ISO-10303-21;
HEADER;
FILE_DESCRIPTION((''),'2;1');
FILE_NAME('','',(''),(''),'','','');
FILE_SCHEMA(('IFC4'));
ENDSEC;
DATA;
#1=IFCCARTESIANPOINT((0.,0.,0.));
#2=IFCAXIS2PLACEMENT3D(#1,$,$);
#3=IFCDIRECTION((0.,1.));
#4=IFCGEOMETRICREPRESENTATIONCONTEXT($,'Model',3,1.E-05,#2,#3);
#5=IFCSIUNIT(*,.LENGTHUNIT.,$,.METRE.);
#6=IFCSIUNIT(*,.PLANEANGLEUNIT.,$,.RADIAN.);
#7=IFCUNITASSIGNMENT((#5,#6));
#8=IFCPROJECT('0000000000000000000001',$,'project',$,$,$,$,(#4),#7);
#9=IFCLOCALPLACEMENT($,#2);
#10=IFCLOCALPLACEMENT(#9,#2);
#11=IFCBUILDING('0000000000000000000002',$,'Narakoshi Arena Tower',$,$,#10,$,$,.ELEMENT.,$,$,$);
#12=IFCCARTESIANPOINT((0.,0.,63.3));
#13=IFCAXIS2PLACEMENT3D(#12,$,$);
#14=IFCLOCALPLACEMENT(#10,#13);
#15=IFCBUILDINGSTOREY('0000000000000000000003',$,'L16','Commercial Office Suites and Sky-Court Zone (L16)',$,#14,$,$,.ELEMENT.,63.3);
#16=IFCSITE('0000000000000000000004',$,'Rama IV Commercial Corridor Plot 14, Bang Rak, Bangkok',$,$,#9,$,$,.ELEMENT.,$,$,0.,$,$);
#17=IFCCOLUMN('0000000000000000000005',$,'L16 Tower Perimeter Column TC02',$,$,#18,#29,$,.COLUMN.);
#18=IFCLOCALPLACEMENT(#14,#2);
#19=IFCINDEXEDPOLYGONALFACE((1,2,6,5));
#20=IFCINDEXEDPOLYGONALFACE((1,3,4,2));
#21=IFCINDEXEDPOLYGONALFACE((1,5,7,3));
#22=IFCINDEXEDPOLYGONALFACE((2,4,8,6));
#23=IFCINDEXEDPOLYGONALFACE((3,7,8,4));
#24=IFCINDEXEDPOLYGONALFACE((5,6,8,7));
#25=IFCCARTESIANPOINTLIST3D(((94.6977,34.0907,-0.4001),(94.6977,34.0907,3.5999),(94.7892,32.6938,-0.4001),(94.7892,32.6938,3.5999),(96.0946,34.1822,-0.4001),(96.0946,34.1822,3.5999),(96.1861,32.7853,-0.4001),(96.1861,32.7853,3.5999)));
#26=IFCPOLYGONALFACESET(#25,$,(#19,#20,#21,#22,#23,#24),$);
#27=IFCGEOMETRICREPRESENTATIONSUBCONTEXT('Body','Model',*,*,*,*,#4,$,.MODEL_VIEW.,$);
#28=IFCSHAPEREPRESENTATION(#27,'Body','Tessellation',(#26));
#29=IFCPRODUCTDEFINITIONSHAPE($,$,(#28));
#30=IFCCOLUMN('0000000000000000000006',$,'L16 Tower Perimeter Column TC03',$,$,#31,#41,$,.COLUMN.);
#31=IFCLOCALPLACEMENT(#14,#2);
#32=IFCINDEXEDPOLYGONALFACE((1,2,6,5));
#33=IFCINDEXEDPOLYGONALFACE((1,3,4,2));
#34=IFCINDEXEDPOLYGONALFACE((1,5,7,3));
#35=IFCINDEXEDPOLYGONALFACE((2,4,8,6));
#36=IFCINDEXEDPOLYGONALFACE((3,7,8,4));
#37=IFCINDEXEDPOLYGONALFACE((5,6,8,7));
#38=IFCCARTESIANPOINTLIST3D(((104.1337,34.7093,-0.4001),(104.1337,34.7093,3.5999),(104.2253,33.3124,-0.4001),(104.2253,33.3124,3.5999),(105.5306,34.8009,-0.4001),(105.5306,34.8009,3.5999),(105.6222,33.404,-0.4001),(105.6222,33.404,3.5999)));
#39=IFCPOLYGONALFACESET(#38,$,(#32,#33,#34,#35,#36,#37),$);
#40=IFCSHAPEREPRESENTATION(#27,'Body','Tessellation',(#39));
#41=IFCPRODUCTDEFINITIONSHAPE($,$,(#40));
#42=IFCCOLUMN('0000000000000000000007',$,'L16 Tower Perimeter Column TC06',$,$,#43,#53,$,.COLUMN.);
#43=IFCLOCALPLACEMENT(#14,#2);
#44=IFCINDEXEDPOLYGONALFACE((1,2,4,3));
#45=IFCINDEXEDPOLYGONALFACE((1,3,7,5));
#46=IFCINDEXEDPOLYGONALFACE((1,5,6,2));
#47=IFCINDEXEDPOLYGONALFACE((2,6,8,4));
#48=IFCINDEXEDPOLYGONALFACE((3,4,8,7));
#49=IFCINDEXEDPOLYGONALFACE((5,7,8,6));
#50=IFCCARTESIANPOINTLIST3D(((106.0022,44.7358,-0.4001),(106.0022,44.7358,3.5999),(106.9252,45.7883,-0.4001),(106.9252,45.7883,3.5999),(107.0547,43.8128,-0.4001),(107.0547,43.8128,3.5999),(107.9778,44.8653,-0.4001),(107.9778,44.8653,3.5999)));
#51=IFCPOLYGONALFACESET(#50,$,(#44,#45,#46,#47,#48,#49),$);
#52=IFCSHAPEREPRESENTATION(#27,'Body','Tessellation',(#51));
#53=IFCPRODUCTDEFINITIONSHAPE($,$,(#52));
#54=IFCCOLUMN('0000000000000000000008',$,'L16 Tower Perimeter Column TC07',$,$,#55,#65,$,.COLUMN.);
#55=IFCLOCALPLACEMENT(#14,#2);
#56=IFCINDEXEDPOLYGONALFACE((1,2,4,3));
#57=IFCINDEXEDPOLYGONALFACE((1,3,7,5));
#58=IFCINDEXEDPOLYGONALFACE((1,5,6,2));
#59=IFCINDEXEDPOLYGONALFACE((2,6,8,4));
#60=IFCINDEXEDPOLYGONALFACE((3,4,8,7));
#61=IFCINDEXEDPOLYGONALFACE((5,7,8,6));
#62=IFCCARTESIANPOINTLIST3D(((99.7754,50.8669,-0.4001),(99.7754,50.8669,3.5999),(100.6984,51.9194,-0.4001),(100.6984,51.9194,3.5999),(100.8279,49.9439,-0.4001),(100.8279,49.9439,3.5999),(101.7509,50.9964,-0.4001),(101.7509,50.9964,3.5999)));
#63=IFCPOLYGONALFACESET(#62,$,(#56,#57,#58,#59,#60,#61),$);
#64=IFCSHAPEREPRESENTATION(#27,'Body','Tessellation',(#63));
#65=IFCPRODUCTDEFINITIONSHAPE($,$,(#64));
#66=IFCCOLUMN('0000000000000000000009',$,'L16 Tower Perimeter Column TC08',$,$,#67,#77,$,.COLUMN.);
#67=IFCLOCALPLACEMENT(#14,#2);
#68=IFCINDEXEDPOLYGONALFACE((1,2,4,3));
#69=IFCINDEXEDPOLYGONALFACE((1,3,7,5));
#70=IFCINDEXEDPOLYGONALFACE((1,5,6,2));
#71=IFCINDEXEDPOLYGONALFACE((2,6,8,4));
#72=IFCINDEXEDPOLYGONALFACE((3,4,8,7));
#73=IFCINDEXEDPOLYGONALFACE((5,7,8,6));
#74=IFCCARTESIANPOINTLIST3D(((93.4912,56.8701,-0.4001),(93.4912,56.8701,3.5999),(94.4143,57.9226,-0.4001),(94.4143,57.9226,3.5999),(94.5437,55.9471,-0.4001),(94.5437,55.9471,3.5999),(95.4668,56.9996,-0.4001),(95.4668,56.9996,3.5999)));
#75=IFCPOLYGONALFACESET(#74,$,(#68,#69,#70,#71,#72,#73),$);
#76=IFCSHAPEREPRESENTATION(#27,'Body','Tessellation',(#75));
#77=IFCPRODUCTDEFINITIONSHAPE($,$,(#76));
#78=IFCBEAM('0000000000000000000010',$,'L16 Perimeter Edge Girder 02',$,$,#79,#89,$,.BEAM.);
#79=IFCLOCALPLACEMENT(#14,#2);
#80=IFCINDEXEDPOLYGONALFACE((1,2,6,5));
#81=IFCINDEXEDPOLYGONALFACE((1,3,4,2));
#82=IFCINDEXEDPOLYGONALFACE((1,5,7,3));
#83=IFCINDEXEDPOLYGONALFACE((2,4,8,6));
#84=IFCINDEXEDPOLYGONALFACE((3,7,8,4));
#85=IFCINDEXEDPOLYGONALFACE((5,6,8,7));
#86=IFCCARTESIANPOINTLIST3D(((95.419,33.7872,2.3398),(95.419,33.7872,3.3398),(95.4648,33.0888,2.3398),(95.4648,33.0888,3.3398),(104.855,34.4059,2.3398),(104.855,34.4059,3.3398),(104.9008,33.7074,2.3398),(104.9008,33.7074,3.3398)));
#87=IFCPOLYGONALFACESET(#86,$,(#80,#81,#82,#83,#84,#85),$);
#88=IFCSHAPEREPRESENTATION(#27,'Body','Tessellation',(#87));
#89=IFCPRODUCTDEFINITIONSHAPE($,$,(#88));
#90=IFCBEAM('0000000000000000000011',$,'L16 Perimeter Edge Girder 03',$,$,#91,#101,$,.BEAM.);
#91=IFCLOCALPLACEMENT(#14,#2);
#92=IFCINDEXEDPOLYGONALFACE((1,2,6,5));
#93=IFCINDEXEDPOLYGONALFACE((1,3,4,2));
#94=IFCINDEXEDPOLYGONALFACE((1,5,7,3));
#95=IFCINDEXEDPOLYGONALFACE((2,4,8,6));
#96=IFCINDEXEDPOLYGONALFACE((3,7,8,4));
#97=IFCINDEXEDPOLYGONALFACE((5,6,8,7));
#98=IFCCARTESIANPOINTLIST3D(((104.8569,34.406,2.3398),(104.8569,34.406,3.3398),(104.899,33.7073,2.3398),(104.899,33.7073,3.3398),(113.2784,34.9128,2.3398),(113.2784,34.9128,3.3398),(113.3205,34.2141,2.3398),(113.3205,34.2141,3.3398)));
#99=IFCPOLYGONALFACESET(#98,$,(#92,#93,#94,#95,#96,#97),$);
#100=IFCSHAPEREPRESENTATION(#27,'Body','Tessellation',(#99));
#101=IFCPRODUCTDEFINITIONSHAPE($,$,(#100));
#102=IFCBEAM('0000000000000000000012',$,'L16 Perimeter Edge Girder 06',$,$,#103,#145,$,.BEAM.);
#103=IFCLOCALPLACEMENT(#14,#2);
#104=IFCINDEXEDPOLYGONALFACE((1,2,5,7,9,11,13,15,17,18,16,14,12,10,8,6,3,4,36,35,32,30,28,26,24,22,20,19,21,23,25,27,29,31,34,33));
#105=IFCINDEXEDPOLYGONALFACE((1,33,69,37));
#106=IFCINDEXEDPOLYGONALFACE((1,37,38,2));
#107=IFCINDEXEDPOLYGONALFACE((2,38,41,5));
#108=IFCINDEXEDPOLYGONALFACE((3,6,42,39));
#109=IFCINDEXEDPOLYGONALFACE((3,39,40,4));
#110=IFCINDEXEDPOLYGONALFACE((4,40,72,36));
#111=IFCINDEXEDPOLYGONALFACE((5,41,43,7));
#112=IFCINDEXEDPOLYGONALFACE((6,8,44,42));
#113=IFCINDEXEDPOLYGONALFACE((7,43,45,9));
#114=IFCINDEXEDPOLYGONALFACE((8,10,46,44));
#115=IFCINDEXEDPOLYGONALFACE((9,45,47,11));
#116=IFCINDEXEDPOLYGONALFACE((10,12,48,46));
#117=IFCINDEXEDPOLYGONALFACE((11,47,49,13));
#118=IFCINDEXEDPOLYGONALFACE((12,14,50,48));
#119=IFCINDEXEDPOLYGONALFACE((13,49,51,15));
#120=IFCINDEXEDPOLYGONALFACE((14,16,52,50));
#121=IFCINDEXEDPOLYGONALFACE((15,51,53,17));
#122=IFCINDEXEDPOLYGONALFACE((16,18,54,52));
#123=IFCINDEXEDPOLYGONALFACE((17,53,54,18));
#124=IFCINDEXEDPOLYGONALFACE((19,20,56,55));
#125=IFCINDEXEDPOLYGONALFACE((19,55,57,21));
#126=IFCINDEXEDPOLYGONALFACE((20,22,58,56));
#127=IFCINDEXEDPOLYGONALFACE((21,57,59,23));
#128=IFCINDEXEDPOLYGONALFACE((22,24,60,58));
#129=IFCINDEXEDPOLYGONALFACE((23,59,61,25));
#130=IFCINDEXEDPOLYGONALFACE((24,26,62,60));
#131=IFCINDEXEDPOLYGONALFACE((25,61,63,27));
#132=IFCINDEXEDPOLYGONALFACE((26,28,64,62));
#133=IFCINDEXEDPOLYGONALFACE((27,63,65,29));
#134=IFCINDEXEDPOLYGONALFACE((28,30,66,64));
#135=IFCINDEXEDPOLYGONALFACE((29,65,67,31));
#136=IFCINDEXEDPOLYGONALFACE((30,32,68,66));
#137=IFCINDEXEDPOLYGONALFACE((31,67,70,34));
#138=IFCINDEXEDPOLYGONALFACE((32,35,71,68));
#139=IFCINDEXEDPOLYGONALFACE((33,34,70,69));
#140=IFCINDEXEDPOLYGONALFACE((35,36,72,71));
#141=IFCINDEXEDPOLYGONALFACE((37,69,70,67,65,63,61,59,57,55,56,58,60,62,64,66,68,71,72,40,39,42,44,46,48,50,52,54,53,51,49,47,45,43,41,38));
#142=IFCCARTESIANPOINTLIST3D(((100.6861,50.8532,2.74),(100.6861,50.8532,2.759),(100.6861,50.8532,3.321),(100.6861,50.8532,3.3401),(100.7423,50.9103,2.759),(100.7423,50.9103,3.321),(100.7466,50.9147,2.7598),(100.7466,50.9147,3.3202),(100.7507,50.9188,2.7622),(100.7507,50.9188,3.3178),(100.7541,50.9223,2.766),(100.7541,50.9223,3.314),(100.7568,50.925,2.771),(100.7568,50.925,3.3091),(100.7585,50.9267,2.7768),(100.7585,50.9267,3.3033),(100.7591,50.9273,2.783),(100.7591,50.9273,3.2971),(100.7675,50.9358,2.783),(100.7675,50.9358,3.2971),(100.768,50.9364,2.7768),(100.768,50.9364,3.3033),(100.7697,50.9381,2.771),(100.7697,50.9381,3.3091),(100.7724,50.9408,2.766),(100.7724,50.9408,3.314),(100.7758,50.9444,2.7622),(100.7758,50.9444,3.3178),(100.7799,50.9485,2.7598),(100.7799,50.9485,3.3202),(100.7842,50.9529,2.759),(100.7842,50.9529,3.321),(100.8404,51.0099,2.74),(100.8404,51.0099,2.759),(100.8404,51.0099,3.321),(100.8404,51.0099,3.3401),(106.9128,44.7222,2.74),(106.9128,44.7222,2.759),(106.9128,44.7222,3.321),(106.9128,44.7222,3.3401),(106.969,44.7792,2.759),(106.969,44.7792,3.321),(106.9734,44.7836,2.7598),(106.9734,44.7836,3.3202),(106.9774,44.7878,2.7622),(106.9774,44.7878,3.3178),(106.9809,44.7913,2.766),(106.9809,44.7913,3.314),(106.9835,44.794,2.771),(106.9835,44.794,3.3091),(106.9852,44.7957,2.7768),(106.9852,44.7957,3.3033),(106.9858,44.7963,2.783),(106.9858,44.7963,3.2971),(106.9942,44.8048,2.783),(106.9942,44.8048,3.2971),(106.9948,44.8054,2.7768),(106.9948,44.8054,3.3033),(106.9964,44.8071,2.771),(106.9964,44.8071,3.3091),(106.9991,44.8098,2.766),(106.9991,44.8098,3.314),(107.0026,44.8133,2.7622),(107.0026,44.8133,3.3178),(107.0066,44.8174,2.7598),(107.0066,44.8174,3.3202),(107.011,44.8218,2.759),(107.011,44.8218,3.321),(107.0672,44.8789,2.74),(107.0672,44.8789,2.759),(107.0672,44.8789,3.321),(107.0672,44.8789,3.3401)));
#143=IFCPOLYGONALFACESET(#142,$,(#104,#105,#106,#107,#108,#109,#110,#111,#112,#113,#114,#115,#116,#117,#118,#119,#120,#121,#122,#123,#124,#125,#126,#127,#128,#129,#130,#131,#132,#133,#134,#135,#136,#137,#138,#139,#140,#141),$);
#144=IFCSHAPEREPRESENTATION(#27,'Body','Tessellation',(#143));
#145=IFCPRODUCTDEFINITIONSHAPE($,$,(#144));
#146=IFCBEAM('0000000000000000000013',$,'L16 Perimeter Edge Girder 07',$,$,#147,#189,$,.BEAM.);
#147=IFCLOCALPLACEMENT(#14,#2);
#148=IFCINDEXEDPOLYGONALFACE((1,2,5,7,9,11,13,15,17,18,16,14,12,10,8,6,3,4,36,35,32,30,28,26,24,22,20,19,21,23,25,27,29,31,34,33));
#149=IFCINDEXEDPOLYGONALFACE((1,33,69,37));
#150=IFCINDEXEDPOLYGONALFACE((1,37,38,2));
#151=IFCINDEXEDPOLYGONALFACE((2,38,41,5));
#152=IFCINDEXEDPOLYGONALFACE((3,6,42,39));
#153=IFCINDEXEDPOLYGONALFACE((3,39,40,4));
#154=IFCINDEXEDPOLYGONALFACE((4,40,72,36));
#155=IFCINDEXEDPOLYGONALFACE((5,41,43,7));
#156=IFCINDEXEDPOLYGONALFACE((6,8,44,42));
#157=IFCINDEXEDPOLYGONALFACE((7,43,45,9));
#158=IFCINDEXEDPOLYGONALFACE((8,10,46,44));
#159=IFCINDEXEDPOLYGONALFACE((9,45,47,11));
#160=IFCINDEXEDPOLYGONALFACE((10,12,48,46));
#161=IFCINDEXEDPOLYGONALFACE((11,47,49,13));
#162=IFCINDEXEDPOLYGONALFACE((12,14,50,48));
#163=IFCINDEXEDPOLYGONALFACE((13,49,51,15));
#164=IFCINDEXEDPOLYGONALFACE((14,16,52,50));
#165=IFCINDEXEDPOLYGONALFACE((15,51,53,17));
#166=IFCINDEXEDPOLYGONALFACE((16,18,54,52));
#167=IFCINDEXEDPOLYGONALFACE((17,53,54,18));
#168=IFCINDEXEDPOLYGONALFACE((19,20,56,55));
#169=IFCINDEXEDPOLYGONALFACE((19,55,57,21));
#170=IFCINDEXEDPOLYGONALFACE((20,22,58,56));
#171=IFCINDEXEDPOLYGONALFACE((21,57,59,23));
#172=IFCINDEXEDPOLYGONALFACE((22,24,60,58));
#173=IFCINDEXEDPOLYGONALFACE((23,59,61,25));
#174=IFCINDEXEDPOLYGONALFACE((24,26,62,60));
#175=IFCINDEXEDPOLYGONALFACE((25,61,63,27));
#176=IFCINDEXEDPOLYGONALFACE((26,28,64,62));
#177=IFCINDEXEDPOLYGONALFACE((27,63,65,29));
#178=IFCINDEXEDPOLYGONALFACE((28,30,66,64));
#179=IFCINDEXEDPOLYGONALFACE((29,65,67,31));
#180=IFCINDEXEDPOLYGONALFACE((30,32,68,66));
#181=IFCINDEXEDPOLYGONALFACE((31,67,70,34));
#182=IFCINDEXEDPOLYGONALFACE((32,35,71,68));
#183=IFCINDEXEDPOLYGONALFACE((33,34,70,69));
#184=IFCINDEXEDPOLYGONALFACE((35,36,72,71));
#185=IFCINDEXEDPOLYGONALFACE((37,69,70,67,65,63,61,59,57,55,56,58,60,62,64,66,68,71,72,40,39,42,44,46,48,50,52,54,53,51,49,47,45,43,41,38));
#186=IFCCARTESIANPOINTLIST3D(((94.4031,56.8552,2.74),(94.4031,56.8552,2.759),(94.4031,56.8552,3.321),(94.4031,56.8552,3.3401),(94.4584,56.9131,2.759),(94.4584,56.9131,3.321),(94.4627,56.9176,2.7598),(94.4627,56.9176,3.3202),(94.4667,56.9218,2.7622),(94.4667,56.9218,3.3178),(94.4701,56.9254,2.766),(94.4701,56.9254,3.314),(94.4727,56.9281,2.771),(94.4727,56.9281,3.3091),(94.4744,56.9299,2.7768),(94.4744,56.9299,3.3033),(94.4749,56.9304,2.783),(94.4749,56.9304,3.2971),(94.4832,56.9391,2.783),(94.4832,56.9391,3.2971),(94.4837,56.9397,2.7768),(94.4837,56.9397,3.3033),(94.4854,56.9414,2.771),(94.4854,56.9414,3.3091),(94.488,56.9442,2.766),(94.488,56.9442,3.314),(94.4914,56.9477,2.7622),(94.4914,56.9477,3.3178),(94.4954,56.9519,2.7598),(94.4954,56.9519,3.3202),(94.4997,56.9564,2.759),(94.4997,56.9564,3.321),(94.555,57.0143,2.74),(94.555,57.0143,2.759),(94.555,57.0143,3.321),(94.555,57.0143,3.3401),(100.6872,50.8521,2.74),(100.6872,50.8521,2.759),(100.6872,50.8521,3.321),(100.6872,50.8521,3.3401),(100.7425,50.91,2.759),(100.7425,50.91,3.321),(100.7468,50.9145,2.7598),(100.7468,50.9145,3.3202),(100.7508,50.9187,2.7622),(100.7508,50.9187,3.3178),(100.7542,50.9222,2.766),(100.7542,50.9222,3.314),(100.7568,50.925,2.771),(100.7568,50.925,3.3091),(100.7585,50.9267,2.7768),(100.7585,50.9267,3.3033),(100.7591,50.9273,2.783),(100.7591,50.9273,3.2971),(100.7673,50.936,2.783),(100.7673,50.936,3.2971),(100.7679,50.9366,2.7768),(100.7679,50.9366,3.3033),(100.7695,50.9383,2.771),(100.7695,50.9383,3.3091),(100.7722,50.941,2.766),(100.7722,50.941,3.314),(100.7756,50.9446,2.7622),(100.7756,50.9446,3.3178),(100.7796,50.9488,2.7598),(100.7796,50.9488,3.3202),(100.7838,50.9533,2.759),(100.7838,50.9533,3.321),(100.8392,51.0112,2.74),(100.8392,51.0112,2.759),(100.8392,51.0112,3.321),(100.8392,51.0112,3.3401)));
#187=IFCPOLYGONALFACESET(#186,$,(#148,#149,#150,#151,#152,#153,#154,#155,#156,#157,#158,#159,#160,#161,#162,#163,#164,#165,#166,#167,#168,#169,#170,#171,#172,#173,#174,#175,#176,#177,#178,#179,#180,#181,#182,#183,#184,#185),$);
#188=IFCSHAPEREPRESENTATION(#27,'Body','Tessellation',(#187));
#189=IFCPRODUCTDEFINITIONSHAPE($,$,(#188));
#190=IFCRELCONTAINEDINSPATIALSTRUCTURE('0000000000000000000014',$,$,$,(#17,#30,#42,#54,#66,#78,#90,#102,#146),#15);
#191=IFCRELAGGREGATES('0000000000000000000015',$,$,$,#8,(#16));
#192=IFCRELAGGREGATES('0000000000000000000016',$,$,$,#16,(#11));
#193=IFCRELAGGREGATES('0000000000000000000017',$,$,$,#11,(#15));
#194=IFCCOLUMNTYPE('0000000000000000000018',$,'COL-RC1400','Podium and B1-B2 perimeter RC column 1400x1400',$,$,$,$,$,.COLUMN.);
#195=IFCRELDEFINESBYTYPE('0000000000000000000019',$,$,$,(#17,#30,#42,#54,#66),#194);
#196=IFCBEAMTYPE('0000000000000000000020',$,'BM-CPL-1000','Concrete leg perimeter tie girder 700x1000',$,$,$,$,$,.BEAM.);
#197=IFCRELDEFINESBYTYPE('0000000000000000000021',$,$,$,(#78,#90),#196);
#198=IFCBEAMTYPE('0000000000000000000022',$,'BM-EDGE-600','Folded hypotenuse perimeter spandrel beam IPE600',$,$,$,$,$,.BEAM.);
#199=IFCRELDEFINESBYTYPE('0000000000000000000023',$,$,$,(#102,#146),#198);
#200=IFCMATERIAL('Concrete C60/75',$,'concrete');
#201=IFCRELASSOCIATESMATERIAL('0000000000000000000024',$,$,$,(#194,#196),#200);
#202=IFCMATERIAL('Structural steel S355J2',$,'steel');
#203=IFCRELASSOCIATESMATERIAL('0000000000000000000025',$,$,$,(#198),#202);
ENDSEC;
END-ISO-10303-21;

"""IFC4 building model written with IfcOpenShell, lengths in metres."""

from ifc_helpers import new_model, si_unit, direction, frame, origin, origin_2d, place, context, subcontext, project, spatial, rectangle, i_section, extrude, material, material_profile, profile_set, type_object, element, save


model = new_model("IFC4")

# Units and contexts
model_context = context("Model", 3, precision=1e-05, world=origin(), true_north=direction((0.0, 1.0)))
body_context = subcontext(model_context, "Body", "Model", "MODEL_VIEW")
ifc_project = project(units=[si_unit("LENGTHUNIT", "METRE"), si_unit("PLANEANGLEUNIT", "RADIAN")], contexts=[model_context])

# Site, building, storey
site_placement = place(None, origin())
site = spatial("IfcSite", under=ifc_project, at=site_placement, Name="Rama IV Commercial Corridor Plot 14, Bang Rak, Bangkok", CompositionType="ELEMENT", RefElevation=0.0)
building_placement = place(site_placement, origin())
building = spatial("IfcBuilding", under=site, at=building_placement, Name="Narakoshi Arena Tower", CompositionType="ELEMENT")
storey_placement = place(building_placement, frame((0.0, 0.0, 63.3)))
storey = spatial("IfcBuildingStorey", under=building, at=storey_placement, Name="L16", Description="Commercial Office Suites and Sky-Court Zone (L16)", CompositionType="ELEMENT", Elevation=63.3)

# Columns
ifc_material_1 = material(Name="Concrete C60/75", Category="concrete")
ifc_material_profile_1 = material_profile(ifc_material_1, rectangle(XDim=1.3999, YDim=1.3999, at=origin_2d()), Name="RC1400x1400")
ifc_profile_set_1 = profile_set([ifc_material_profile_1], Name="Concrete C60/75")
column_type = type_object("IfcColumnType", Name="COL-RC1400", Description="Podium and B1-B2 perimeter RC column 1400x1400", PredefinedType="COLUMN", material=ifc_profile_set_1)
for number, where, z_axis, x_axis, name in (
    (1, (95.4419, 33.438, -0.4001), (0.0, 0.0, 1.0), (0.997859, 0.065403, 0.0), "L16 Tower Perimeter Column TC02"),
    (2, (104.8779, 34.0566, -0.4001), (0.0, 0.0, 1.0), (0.997859, 0.065403, 0.0), "L16 Tower Perimeter Column TC03"),
    (3, (106.99, 44.8005, -0.4001), (0.0, 0.0, 1.0), (0.659346, 0.75184, 0.0), "L16 Tower Perimeter Column TC06"),
    (4, (100.7632, 50.9316, -0.4001), (0.0, 0.0, 1.0), (0.659346, 0.75184, 0.0), "L16 Tower Perimeter Column TC07"),
    (5, (94.479, 56.9348, -0.4001), (0.0, 0.0, 1.0), (0.659346, 0.75184, 0.0), "L16 Tower Perimeter Column TC08"),
):
    element("IfcColumn", number, at=place(storey_placement, frame(where, z_axis=z_axis, x_axis=x_axis)), inside=storey, type_object=column_type, Name=name, PredefinedType="COLUMN", context=body_context, shape_type="SweptSolid", body=[
        extrude(rectangle(XDim=1.3999, YDim=1.3999, at=origin_2d()), origin(), (0.0, 0.0, 1.0), 4.0),
    ])

# Beams
ifc_material_profile_2 = material_profile(ifc_material_1, rectangle(XDim=0.7, YDim=1.0, at=origin_2d()), Name="RCB700x1000")
ifc_profile_set_2 = profile_set([ifc_material_profile_2], Name="Concrete C60/75")
beam_type_1 = type_object("IfcBeamType", Name="BM-CPL-1000", Description="Concrete leg perimeter tie girder 700x1000", PredefinedType="BEAM", material=ifc_profile_set_2)
beam_1_placement = place(storey_placement, frame((95.4419, 33.438, 2.8398), z_axis=(0.997858, 0.065422, 0.0), x_axis=(-0.065422, 0.997858, 0.0)))
element("IfcBeam", 6, at=beam_1_placement, inside=storey, type_object=beam_type_1, Name="L16 Perimeter Edge Girder 02", PredefinedType="BEAM", context=body_context, shape_type="SweptSolid", body=[
    extrude(rectangle(XDim=0.7, YDim=1.0, at=origin_2d()), origin(), (0.0, 0.0, 1.0), 9.4563),
])
beam_2_placement = place(storey_placement, frame((104.8779, 34.0566, 2.8398), z_axis=(0.998194, 0.060074, 0.0), x_axis=(-0.060074, 0.998194, 0.0)))
element("IfcBeam", 7, at=beam_2_placement, inside=storey, type_object=beam_type_1, Name="L16 Perimeter Edge Girder 03", PredefinedType="BEAM", context=body_context, shape_type="SweptSolid", body=[
    extrude(rectangle(XDim=0.7, YDim=1.0, at=origin_2d()), origin(), (0.0, 0.0, 1.0), 8.4368),
])
ifc_material_2 = material(Name="Structural steel S355J2", Category="steel")
ifc_material_profile_3 = material_profile(ifc_material_2, i_section(OverallWidth=0.22, OverallDepth=0.6001, WebThickness=0.012, FlangeThickness=0.019, FilletRadius=0.0239, at=origin_2d()), Name="IPE600")
ifc_profile_set_3 = profile_set([ifc_material_profile_3], Name="Structural steel S355J2")
beam_type_2 = type_object("IfcBeamType", Name="BM-EDGE-600", Description="Folded hypotenuse perimeter spandrel beam IPE600", PredefinedType="BEAM", material=ifc_profile_set_3)
beam_3_placement = place(storey_placement, frame((106.99, 44.8005, 3.04), z_axis=(-0.712561, 0.70161, 0.0), x_axis=(-0.70161, -0.712561, 0.0)))
element("IfcBeam", 8, at=beam_3_placement, inside=storey, type_object=beam_type_2, Name="L16 Perimeter Edge Girder 06", PredefinedType="BEAM", context=body_context, shape_type="SweptSolid", body=[
    extrude(i_section(OverallWidth=0.22, OverallDepth=0.6001, WebThickness=0.012, FlangeThickness=0.019, FilletRadius=0.0239, at=origin_2d()), origin(), (0.0, 0.0, 1.0), 8.7385),
])
beam_4_placement = place(storey_placement, frame((100.7632, 50.9316, 3.04), z_axis=(-0.723089, 0.690755, 0.0), x_axis=(-0.690755, -0.723089, 0.0)))
element("IfcBeam", 9, at=beam_4_placement, inside=storey, type_object=beam_type_2, Name="L16 Perimeter Edge Girder 07", PredefinedType="BEAM", context=body_context, shape_type="SweptSolid", body=[
    extrude(i_section(OverallWidth=0.22, OverallDepth=0.6001, WebThickness=0.012, FlangeThickness=0.019, FilletRadius=0.0239, at=origin_2d()), origin(), (0.0, 0.0, 1.0), 8.6907),
])

save(model, "model.ifc")
